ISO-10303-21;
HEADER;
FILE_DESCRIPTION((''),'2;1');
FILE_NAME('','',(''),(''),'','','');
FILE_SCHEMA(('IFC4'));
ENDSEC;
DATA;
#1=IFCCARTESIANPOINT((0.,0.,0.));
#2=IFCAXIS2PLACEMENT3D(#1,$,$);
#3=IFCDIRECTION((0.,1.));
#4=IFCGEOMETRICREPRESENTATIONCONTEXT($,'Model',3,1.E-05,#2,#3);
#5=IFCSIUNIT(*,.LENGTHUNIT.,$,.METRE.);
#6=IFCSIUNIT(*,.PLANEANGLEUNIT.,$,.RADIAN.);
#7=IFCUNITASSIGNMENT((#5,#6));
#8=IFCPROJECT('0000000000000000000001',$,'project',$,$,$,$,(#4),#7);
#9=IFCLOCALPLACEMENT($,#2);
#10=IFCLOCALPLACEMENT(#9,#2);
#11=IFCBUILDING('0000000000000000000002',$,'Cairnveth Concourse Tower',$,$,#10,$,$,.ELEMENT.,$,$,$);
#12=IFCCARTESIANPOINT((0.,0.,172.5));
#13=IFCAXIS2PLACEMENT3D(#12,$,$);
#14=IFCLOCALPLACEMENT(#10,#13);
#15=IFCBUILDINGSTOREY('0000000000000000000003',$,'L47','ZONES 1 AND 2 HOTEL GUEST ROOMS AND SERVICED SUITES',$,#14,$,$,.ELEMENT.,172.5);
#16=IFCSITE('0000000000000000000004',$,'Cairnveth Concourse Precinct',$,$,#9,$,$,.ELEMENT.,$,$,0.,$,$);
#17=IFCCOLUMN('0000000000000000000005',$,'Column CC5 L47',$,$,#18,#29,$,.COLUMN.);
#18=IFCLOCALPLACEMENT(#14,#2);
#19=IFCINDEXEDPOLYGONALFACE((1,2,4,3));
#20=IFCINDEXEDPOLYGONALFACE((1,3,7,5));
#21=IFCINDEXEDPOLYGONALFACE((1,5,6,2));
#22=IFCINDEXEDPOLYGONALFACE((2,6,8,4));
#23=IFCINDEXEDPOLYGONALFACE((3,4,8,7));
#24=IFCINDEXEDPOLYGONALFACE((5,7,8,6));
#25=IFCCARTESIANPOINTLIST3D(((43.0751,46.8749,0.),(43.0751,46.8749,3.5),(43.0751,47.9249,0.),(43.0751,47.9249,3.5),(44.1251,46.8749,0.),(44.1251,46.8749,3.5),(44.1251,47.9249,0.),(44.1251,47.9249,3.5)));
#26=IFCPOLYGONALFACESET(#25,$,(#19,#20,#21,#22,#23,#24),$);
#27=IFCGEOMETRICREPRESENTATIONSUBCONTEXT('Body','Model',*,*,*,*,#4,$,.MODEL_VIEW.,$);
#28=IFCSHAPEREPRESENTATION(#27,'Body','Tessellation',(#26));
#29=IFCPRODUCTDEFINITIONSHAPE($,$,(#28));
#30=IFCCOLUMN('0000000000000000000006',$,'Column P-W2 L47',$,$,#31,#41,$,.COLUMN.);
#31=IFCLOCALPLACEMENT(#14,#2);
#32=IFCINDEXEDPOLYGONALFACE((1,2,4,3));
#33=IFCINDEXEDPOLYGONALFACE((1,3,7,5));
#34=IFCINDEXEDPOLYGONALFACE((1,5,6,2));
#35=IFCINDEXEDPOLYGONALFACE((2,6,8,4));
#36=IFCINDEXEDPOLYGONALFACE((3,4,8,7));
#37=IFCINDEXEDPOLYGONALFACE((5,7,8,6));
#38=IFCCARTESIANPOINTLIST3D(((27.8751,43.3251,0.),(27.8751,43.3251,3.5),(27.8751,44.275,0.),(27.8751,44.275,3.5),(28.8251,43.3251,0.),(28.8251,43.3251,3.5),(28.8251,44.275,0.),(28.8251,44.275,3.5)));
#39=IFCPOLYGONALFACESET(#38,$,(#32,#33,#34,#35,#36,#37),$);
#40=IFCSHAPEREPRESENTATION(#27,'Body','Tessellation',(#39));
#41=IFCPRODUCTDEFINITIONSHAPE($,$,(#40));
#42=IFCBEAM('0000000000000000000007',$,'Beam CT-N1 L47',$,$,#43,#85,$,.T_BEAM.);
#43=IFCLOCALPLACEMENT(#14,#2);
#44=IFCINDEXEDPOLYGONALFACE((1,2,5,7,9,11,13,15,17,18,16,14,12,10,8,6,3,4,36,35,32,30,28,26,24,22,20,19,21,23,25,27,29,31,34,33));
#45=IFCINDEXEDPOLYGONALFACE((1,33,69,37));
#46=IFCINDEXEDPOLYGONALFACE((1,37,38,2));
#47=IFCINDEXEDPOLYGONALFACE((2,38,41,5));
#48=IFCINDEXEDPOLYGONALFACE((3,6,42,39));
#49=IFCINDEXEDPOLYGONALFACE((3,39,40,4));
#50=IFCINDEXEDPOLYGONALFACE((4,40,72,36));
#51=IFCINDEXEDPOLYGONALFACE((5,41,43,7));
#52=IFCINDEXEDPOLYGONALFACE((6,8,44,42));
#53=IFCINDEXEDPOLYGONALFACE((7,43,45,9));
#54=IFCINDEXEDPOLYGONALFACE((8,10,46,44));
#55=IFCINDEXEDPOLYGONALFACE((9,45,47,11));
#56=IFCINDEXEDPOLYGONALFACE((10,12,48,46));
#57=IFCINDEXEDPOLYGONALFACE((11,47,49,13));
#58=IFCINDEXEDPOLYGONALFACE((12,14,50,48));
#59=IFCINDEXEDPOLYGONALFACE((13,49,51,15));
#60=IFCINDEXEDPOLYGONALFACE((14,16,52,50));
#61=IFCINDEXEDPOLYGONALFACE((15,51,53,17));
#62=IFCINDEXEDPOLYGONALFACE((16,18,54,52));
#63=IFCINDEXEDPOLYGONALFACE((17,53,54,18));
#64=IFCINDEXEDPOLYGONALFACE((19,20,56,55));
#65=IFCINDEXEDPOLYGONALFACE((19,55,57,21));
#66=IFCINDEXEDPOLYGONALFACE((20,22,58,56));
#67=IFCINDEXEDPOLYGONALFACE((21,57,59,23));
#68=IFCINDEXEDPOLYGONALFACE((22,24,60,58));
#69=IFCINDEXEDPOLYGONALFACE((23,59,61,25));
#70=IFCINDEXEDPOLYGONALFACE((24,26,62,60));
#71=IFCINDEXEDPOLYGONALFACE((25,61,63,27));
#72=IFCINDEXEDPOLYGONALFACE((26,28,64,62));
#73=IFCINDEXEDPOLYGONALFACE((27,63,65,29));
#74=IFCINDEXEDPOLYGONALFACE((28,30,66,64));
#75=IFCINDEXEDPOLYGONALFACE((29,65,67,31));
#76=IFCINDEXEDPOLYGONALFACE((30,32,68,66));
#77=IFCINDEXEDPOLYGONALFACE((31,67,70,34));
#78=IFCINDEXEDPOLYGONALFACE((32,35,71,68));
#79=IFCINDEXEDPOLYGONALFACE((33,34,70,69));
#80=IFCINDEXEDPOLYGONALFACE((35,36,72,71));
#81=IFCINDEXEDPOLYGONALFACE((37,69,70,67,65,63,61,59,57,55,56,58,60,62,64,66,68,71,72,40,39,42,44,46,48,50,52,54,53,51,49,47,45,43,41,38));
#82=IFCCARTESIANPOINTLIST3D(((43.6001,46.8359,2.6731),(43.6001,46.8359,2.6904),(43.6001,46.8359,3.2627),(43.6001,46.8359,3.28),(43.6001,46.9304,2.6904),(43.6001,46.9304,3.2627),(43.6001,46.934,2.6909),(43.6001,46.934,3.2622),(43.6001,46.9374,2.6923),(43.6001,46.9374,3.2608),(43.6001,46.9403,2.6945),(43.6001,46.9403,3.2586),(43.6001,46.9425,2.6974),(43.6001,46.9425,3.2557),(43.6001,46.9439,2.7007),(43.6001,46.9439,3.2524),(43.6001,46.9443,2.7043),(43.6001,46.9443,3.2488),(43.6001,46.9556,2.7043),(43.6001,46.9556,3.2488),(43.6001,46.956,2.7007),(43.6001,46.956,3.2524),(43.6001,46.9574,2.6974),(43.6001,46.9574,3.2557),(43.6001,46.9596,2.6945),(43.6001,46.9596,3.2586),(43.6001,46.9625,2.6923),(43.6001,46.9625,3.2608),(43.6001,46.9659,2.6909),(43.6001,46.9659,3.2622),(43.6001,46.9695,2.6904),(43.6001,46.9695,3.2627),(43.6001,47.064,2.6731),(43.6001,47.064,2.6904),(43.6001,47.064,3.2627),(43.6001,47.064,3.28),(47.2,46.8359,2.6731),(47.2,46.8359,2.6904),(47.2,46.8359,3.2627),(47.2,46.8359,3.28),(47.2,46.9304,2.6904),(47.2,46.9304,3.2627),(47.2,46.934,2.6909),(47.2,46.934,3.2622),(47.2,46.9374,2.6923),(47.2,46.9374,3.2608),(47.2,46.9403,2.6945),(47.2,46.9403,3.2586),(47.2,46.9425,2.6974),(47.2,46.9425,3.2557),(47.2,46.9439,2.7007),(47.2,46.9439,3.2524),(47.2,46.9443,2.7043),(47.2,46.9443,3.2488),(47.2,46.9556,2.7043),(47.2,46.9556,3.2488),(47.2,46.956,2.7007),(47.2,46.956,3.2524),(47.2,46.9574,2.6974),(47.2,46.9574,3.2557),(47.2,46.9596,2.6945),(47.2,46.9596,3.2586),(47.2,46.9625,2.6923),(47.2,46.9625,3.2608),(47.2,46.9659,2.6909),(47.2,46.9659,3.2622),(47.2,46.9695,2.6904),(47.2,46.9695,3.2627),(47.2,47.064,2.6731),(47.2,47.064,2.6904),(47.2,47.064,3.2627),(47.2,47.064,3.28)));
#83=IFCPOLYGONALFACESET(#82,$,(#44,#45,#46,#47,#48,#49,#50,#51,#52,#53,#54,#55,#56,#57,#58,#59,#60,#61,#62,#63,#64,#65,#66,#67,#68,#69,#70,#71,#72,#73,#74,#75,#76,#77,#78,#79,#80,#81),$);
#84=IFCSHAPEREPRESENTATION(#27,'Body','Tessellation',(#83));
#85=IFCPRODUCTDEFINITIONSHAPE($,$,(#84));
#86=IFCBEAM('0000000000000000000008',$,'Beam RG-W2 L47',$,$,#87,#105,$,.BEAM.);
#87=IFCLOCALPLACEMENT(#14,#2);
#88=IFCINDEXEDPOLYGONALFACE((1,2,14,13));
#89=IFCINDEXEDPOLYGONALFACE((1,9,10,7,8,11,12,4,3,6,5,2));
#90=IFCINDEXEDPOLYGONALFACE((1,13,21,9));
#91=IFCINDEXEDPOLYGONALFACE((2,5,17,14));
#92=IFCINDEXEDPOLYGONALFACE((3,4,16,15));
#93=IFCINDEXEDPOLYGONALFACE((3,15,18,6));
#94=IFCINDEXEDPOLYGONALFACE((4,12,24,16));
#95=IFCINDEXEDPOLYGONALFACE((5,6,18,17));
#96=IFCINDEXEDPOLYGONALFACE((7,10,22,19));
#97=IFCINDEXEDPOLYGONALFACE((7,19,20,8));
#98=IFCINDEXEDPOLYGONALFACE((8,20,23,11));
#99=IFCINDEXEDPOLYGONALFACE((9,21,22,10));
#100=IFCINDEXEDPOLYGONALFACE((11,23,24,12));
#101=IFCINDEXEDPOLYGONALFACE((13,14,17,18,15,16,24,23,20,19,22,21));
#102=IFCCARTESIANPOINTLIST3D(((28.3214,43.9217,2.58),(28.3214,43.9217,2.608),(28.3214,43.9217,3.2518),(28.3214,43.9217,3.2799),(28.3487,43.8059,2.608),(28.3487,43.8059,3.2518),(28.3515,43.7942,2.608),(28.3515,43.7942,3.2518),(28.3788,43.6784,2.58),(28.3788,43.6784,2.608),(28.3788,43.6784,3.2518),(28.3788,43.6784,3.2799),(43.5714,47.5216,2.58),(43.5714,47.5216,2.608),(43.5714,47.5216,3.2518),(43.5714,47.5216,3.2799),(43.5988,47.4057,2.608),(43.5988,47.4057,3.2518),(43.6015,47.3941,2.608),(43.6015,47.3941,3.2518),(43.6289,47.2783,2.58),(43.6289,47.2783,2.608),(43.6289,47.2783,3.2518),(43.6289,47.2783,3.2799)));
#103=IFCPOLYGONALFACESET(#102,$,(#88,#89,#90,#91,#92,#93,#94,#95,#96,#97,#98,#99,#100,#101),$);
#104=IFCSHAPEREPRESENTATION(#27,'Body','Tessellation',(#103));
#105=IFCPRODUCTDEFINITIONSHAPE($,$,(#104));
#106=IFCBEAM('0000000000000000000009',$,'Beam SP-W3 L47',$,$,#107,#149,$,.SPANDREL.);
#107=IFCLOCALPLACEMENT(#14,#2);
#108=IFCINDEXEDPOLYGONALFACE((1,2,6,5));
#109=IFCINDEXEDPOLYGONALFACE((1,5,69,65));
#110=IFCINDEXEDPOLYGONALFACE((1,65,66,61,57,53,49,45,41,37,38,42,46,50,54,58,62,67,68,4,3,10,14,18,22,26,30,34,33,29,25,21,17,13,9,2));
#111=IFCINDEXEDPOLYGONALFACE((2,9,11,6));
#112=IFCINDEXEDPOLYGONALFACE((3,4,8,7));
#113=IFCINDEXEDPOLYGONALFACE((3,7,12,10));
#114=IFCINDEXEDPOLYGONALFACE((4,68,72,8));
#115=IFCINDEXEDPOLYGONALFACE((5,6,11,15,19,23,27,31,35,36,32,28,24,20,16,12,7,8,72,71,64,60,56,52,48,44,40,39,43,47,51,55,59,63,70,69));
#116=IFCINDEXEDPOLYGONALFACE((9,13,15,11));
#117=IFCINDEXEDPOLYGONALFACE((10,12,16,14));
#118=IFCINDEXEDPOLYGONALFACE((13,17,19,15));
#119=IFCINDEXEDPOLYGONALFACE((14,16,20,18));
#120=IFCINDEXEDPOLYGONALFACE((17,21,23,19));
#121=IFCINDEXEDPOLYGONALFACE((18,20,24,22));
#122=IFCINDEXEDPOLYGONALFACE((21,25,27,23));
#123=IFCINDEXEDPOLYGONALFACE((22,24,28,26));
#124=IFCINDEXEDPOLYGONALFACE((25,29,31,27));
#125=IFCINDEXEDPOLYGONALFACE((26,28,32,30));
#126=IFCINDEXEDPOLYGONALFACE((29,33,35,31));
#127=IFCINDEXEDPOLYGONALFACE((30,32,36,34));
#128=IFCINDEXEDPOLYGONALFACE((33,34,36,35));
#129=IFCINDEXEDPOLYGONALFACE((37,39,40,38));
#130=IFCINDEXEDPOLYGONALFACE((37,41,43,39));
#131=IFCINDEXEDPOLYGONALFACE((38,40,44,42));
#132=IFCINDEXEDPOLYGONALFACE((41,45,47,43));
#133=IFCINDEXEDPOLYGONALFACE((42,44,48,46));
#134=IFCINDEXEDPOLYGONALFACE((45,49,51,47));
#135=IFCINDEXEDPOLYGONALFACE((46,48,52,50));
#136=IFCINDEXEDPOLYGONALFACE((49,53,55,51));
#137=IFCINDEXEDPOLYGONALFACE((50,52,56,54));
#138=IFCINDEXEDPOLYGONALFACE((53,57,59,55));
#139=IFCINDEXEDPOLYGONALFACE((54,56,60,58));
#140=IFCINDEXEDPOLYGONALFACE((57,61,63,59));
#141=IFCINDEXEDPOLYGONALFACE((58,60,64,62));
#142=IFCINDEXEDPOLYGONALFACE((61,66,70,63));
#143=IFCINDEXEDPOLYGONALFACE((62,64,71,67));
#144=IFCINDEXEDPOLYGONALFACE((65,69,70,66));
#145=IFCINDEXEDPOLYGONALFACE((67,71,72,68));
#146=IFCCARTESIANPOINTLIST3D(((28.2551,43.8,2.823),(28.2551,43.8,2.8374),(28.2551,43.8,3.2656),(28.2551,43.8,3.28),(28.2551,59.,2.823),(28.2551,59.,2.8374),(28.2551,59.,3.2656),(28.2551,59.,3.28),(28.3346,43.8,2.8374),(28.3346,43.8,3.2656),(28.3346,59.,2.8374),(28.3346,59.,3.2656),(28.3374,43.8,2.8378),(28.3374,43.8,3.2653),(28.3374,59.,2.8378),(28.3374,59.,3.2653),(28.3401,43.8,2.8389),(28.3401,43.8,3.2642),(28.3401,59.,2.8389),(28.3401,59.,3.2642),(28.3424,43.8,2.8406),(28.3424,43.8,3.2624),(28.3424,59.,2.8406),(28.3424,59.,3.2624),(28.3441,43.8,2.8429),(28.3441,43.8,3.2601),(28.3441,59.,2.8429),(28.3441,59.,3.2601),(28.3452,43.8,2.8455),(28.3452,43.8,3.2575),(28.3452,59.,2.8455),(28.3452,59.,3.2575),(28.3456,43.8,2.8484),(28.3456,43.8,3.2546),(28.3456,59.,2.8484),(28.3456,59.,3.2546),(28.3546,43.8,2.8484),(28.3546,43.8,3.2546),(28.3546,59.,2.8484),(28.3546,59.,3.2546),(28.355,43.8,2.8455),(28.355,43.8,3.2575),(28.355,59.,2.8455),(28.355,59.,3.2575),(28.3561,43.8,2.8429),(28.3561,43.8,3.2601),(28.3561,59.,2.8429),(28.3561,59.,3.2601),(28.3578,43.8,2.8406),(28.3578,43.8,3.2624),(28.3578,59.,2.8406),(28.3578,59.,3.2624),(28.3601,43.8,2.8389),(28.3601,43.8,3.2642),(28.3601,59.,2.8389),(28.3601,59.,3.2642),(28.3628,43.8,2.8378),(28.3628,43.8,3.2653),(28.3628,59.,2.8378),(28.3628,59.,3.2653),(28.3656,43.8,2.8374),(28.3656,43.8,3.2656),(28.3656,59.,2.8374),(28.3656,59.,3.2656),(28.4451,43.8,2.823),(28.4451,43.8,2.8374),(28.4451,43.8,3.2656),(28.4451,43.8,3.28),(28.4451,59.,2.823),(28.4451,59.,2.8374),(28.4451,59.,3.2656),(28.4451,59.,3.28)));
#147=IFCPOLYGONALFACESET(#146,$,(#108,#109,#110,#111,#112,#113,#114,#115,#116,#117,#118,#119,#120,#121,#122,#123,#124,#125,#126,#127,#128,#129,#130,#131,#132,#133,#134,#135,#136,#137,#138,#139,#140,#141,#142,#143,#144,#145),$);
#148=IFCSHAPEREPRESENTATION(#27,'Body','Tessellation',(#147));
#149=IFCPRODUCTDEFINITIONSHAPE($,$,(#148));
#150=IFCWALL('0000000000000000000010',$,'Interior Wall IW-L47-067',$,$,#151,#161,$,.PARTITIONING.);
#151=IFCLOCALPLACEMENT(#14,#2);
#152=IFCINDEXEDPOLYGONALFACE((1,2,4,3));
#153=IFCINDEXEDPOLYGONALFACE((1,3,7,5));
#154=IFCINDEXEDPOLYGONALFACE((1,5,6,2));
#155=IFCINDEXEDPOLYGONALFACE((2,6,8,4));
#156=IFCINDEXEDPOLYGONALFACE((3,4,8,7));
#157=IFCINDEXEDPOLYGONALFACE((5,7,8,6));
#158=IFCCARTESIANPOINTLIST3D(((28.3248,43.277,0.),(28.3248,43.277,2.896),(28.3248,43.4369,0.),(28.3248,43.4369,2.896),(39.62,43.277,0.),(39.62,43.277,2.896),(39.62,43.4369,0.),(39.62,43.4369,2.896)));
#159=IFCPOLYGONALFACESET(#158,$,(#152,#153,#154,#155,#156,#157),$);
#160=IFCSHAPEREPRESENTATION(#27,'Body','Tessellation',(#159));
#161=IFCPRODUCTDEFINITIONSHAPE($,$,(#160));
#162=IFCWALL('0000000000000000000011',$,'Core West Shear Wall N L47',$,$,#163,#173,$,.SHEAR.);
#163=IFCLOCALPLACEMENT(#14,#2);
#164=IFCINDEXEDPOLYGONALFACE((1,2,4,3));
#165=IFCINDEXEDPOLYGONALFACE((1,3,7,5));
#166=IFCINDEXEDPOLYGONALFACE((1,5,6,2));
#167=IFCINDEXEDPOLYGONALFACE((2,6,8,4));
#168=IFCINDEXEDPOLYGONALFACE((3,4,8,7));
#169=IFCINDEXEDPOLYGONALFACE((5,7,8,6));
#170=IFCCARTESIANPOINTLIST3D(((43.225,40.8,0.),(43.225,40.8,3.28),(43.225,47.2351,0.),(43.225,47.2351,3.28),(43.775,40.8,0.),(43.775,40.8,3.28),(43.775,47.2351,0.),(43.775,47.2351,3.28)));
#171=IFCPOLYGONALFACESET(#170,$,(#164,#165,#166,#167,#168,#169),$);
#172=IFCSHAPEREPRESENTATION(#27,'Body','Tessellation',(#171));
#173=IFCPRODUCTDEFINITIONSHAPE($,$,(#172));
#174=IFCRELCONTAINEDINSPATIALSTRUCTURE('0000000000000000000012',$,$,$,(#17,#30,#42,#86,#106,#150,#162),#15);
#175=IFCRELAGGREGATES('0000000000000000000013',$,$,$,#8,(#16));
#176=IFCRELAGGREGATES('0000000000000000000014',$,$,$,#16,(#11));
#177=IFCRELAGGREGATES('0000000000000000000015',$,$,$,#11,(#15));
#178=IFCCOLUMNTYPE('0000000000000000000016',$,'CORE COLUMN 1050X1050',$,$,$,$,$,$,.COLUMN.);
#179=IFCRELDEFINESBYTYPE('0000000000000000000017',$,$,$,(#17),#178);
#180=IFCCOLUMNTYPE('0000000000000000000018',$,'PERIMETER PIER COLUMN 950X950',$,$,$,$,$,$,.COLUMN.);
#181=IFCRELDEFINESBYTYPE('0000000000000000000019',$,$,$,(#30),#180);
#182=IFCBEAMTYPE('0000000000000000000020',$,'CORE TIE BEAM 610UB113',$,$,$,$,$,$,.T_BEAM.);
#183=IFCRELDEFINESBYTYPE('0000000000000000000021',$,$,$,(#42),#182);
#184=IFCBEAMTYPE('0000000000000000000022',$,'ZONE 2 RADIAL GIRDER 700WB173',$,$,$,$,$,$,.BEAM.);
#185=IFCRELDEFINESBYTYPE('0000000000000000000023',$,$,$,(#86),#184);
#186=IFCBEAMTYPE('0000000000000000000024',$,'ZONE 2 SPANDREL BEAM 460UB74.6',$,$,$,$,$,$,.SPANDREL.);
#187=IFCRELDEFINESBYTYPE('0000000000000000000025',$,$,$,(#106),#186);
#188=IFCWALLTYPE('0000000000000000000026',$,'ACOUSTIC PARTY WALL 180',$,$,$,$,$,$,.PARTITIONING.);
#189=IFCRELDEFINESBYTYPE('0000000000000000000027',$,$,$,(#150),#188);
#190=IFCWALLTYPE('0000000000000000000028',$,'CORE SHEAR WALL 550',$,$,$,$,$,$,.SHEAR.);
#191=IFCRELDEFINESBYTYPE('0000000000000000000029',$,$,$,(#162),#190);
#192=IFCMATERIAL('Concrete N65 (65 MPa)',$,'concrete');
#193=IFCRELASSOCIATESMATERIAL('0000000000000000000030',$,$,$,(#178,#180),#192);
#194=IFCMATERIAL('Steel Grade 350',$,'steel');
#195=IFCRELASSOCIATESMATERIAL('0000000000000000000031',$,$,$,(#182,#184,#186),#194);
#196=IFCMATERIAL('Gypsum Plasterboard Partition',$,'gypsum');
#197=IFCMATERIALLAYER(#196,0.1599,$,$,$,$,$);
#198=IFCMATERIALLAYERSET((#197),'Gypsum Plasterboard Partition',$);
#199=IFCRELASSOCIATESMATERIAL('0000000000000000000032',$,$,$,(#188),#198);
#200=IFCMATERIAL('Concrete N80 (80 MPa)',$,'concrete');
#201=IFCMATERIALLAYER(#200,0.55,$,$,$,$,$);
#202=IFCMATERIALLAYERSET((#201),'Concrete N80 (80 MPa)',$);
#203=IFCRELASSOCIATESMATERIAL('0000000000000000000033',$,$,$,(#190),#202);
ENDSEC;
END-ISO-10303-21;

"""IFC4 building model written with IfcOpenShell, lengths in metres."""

from ifc_helpers import new_model, si_unit, direction, frame, frame_2d, origin, origin_2d, place, context, subcontext, project, spatial, rectangle, i_section, extrude, material, layer, layer_set, material_profile, profile_set, type_object, element, save


model = new_model("IFC4")

# Units and contexts
model_context = context("Model", 3, precision=1e-05, world=origin(), true_north=direction((0.0, 1.0)))
body_context = subcontext(model_context, "Body", "Model", "MODEL_VIEW")
ifc_project = project(units=[si_unit("LENGTHUNIT", "METRE"), si_unit("PLANEANGLEUNIT", "RADIAN")], contexts=[model_context])

# Site, building, storey
site_placement = place(None, origin())
site = spatial("IfcSite", under=ifc_project, at=site_placement, Name="Cairnveth Concourse Precinct", CompositionType="ELEMENT", RefElevation=0.0)
building_placement = place(site_placement, origin())
building = spatial("IfcBuilding", under=site, at=building_placement, Name="Cairnveth Concourse Tower", CompositionType="ELEMENT")
storey_placement = place(building_placement, frame((0.0, 0.0, 172.5)))
storey = spatial("IfcBuildingStorey", under=building, at=storey_placement, Name="L47", Description="ZONES 1 AND 2 HOTEL GUEST ROOMS AND SERVICED SUITES", CompositionType="ELEMENT", Elevation=172.5)

# Columns
ifc_material_1 = material(Name="Concrete N65 (65 MPa)", Category="concrete")
ifc_material_profile_1 = material_profile(ifc_material_1, rectangle(XDim=1.05, YDim=1.05, at=origin_2d()), Name="RC-COL-1050x1050")
ifc_profile_set_1 = profile_set([ifc_material_profile_1], Name="Concrete N65 (65 MPa)")
column_type_1 = type_object("IfcColumnType", Name="CORE COLUMN 1050X1050", PredefinedType="COLUMN", material=ifc_profile_set_1)
column_1_placement = place(storey_placement, frame((43.6001, 47.3999, 0.0), z_axis=(0.0, 0.0, 1.0), x_axis=(1.0, 0.0, 0.0)))
element("IfcColumn", 1, at=column_1_placement, inside=storey, type_object=column_type_1, Name="Column CC5 L47", PredefinedType="COLUMN", context=body_context, shape_type="SweptSolid", body=[
    extrude(rectangle(XDim=1.05, YDim=1.05, at=origin_2d()), origin(), (0.0, 0.0, 1.0), 3.5),
])
ifc_material_profile_2 = material_profile(ifc_material_1, rectangle(XDim=0.95, YDim=0.95, at=origin_2d()), Name="RC-COL-950x950")
ifc_profile_set_2 = profile_set([ifc_material_profile_2], Name="Concrete N65 (65 MPa)")
column_type_2 = type_object("IfcColumnType", Name="PERIMETER PIER COLUMN 950X950", PredefinedType="COLUMN", material=ifc_profile_set_2)
column_2_placement = place(storey_placement, frame((28.3501, 43.8, 0.0), z_axis=(0.0, 0.0, 1.0), x_axis=(0.0, 1.0, 0.0)))
element("IfcColumn", 2, at=column_2_placement, inside=storey, type_object=column_type_2, Name="Column P-W2 L47", PredefinedType="COLUMN", context=body_context, shape_type="SweptSolid", body=[
    extrude(rectangle(XDim=0.95, YDim=0.95, at=origin_2d()), origin(), (0.0, 0.0, 1.0), 3.5),
])

# Beams
ifc_material_2 = material(Name="Steel Grade 350", Category="steel")
ifc_material_profile_3 = material_profile(ifc_material_2, i_section(OverallWidth=0.228, OverallDepth=0.6069, WebThickness=0.0112, FlangeThickness=0.0173, FilletRadius=0.0139, at=origin_2d()), Name="610UB113")
ifc_profile_set_3 = profile_set([ifc_material_profile_3], Name="Steel Grade 350")
beam_type_1 = type_object("IfcBeamType", Name="CORE TIE BEAM 610UB113", PredefinedType="T_BEAM", material=ifc_profile_set_3)
beam_1_placement = place(storey_placement, frame((43.6001, 46.95, 2.9766), z_axis=(1.0, 0.0, 0.0), x_axis=(0.0, 1.0, 0.0)))
element("IfcBeam", 3, at=beam_1_placement, inside=storey, type_object=beam_type_1, Name="Beam CT-N1 L47", PredefinedType="T_BEAM", context=body_context, shape_type="SweptSolid", body=[
    extrude(i_section(OverallWidth=0.228, OverallDepth=0.6069, WebThickness=0.0112, FlangeThickness=0.0173, FilletRadius=0.0139, at=origin_2d()), origin(), (0.0, 0.0, 1.0), 3.5999),
])
ifc_material_profile_4 = material_profile(ifc_material_2, i_section(OverallWidth=0.25, OverallDepth=0.7, WebThickness=0.012, FlangeThickness=0.0281, at=origin_2d()), Name="700WB173")
ifc_profile_set_4 = profile_set([ifc_material_profile_4], Name="Steel Grade 350")
beam_type_2 = type_object("IfcBeamType", Name="ZONE 2 RADIAL GIRDER 700WB173", PredefinedType="BEAM", material=ifc_profile_set_4)
beam_2_placement = place(storey_placement, frame((28.3501, 43.8, 2.9299), z_axis=(0.973252, 0.229742, 0.0), x_axis=(-0.229742, 0.973252, 0.0)))
element("IfcBeam", 4, at=beam_2_placement, inside=storey, type_object=beam_type_2, Name="Beam RG-W2 L47", PredefinedType="BEAM", context=body_context, shape_type="SweptSolid", body=[
    extrude(i_section(OverallWidth=0.25, OverallDepth=0.7, WebThickness=0.012, FlangeThickness=0.0281, at=origin_2d()), origin(), (0.0, 0.0, 1.0), 15.6692),
])
ifc_material_profile_5 = material_profile(ifc_material_2, i_section(OverallWidth=0.1899, OverallDepth=0.457, WebThickness=0.009, FlangeThickness=0.0144, FilletRadius=0.011, at=origin_2d()), Name="460UB74.6")
ifc_profile_set_5 = profile_set([ifc_material_profile_5], Name="Steel Grade 350")
beam_type_3 = type_object("IfcBeamType", Name="ZONE 2 SPANDREL BEAM 460UB74.6", PredefinedType="SPANDREL", material=ifc_profile_set_5)
beam_3_placement = place(storey_placement, frame((28.3501, 43.8, 3.0515), z_axis=(0.0, 1.0, 0.0), x_axis=(-1.0, 0.0, 0.0)))
element("IfcBeam", 5, at=beam_3_placement, inside=storey, type_object=beam_type_3, Name="Beam SP-W3 L47", PredefinedType="SPANDREL", context=body_context, shape_type="SweptSolid", body=[
    extrude(i_section(OverallWidth=0.1899, OverallDepth=0.457, WebThickness=0.009, FlangeThickness=0.0144, FilletRadius=0.011, at=origin_2d()), origin(), (0.0, 0.0, 1.0), 15.2),
])

# Walls
ifc_material_3 = material(Name="Gypsum Plasterboard Partition", Category="gypsum")
ifc_layer_1 = layer(ifc_material_3, 0.1599)
ifc_layer_set_1 = layer_set([ifc_layer_1], Name="Gypsum Plasterboard Partition")
wall_type_1 = type_object("IfcWallType", Name="ACOUSTIC PARTY WALL 180", PredefinedType="PARTITIONING", material=ifc_layer_set_1)
wall_1_placement = place(storey_placement, frame((28.325, 43.3569, 0.0), z_axis=(0.0, 0.0, 1.0), x_axis=(1.0, 0.0, 0.0)))
element("IfcWall", 6, at=wall_1_placement, inside=storey, type_object=wall_type_1, Name="Interior Wall IW-L47-067", PredefinedType="PARTITIONING", context=body_context, shape_type="SweptSolid", body=[
    extrude(rectangle(XDim=11.2952, YDim=0.1599, at=frame_2d((5.6475, 0.0))), origin(), (0.0, 0.0, 1.0), 2.896),
])
ifc_material_4 = material(Name="Concrete N80 (80 MPa)", Category="concrete")
ifc_layer_2 = layer(ifc_material_4, 0.55)
ifc_layer_set_2 = layer_set([ifc_layer_2], Name="Concrete N80 (80 MPa)")
wall_type_2 = type_object("IfcWallType", Name="CORE SHEAR WALL 550", PredefinedType="SHEAR", material=ifc_layer_set_2)
wall_2_placement = place(storey_placement, frame((43.5, 40.8, 0.0), z_axis=(0.0, 0.0, 1.0), x_axis=(0.0, 1.0, 0.0)))
element("IfcWall", 7, at=wall_2_placement, inside=storey, type_object=wall_type_2, Name="Core West Shear Wall N L47", PredefinedType="SHEAR", context=body_context, shape_type="SweptSolid", body=[
    extrude(rectangle(XDim=6.4351, YDim=0.55, at=frame_2d((3.2175, 0.0))), origin(), (0.0, 0.0, 1.0), 3.28),
])

save(model, "model.ifc")
